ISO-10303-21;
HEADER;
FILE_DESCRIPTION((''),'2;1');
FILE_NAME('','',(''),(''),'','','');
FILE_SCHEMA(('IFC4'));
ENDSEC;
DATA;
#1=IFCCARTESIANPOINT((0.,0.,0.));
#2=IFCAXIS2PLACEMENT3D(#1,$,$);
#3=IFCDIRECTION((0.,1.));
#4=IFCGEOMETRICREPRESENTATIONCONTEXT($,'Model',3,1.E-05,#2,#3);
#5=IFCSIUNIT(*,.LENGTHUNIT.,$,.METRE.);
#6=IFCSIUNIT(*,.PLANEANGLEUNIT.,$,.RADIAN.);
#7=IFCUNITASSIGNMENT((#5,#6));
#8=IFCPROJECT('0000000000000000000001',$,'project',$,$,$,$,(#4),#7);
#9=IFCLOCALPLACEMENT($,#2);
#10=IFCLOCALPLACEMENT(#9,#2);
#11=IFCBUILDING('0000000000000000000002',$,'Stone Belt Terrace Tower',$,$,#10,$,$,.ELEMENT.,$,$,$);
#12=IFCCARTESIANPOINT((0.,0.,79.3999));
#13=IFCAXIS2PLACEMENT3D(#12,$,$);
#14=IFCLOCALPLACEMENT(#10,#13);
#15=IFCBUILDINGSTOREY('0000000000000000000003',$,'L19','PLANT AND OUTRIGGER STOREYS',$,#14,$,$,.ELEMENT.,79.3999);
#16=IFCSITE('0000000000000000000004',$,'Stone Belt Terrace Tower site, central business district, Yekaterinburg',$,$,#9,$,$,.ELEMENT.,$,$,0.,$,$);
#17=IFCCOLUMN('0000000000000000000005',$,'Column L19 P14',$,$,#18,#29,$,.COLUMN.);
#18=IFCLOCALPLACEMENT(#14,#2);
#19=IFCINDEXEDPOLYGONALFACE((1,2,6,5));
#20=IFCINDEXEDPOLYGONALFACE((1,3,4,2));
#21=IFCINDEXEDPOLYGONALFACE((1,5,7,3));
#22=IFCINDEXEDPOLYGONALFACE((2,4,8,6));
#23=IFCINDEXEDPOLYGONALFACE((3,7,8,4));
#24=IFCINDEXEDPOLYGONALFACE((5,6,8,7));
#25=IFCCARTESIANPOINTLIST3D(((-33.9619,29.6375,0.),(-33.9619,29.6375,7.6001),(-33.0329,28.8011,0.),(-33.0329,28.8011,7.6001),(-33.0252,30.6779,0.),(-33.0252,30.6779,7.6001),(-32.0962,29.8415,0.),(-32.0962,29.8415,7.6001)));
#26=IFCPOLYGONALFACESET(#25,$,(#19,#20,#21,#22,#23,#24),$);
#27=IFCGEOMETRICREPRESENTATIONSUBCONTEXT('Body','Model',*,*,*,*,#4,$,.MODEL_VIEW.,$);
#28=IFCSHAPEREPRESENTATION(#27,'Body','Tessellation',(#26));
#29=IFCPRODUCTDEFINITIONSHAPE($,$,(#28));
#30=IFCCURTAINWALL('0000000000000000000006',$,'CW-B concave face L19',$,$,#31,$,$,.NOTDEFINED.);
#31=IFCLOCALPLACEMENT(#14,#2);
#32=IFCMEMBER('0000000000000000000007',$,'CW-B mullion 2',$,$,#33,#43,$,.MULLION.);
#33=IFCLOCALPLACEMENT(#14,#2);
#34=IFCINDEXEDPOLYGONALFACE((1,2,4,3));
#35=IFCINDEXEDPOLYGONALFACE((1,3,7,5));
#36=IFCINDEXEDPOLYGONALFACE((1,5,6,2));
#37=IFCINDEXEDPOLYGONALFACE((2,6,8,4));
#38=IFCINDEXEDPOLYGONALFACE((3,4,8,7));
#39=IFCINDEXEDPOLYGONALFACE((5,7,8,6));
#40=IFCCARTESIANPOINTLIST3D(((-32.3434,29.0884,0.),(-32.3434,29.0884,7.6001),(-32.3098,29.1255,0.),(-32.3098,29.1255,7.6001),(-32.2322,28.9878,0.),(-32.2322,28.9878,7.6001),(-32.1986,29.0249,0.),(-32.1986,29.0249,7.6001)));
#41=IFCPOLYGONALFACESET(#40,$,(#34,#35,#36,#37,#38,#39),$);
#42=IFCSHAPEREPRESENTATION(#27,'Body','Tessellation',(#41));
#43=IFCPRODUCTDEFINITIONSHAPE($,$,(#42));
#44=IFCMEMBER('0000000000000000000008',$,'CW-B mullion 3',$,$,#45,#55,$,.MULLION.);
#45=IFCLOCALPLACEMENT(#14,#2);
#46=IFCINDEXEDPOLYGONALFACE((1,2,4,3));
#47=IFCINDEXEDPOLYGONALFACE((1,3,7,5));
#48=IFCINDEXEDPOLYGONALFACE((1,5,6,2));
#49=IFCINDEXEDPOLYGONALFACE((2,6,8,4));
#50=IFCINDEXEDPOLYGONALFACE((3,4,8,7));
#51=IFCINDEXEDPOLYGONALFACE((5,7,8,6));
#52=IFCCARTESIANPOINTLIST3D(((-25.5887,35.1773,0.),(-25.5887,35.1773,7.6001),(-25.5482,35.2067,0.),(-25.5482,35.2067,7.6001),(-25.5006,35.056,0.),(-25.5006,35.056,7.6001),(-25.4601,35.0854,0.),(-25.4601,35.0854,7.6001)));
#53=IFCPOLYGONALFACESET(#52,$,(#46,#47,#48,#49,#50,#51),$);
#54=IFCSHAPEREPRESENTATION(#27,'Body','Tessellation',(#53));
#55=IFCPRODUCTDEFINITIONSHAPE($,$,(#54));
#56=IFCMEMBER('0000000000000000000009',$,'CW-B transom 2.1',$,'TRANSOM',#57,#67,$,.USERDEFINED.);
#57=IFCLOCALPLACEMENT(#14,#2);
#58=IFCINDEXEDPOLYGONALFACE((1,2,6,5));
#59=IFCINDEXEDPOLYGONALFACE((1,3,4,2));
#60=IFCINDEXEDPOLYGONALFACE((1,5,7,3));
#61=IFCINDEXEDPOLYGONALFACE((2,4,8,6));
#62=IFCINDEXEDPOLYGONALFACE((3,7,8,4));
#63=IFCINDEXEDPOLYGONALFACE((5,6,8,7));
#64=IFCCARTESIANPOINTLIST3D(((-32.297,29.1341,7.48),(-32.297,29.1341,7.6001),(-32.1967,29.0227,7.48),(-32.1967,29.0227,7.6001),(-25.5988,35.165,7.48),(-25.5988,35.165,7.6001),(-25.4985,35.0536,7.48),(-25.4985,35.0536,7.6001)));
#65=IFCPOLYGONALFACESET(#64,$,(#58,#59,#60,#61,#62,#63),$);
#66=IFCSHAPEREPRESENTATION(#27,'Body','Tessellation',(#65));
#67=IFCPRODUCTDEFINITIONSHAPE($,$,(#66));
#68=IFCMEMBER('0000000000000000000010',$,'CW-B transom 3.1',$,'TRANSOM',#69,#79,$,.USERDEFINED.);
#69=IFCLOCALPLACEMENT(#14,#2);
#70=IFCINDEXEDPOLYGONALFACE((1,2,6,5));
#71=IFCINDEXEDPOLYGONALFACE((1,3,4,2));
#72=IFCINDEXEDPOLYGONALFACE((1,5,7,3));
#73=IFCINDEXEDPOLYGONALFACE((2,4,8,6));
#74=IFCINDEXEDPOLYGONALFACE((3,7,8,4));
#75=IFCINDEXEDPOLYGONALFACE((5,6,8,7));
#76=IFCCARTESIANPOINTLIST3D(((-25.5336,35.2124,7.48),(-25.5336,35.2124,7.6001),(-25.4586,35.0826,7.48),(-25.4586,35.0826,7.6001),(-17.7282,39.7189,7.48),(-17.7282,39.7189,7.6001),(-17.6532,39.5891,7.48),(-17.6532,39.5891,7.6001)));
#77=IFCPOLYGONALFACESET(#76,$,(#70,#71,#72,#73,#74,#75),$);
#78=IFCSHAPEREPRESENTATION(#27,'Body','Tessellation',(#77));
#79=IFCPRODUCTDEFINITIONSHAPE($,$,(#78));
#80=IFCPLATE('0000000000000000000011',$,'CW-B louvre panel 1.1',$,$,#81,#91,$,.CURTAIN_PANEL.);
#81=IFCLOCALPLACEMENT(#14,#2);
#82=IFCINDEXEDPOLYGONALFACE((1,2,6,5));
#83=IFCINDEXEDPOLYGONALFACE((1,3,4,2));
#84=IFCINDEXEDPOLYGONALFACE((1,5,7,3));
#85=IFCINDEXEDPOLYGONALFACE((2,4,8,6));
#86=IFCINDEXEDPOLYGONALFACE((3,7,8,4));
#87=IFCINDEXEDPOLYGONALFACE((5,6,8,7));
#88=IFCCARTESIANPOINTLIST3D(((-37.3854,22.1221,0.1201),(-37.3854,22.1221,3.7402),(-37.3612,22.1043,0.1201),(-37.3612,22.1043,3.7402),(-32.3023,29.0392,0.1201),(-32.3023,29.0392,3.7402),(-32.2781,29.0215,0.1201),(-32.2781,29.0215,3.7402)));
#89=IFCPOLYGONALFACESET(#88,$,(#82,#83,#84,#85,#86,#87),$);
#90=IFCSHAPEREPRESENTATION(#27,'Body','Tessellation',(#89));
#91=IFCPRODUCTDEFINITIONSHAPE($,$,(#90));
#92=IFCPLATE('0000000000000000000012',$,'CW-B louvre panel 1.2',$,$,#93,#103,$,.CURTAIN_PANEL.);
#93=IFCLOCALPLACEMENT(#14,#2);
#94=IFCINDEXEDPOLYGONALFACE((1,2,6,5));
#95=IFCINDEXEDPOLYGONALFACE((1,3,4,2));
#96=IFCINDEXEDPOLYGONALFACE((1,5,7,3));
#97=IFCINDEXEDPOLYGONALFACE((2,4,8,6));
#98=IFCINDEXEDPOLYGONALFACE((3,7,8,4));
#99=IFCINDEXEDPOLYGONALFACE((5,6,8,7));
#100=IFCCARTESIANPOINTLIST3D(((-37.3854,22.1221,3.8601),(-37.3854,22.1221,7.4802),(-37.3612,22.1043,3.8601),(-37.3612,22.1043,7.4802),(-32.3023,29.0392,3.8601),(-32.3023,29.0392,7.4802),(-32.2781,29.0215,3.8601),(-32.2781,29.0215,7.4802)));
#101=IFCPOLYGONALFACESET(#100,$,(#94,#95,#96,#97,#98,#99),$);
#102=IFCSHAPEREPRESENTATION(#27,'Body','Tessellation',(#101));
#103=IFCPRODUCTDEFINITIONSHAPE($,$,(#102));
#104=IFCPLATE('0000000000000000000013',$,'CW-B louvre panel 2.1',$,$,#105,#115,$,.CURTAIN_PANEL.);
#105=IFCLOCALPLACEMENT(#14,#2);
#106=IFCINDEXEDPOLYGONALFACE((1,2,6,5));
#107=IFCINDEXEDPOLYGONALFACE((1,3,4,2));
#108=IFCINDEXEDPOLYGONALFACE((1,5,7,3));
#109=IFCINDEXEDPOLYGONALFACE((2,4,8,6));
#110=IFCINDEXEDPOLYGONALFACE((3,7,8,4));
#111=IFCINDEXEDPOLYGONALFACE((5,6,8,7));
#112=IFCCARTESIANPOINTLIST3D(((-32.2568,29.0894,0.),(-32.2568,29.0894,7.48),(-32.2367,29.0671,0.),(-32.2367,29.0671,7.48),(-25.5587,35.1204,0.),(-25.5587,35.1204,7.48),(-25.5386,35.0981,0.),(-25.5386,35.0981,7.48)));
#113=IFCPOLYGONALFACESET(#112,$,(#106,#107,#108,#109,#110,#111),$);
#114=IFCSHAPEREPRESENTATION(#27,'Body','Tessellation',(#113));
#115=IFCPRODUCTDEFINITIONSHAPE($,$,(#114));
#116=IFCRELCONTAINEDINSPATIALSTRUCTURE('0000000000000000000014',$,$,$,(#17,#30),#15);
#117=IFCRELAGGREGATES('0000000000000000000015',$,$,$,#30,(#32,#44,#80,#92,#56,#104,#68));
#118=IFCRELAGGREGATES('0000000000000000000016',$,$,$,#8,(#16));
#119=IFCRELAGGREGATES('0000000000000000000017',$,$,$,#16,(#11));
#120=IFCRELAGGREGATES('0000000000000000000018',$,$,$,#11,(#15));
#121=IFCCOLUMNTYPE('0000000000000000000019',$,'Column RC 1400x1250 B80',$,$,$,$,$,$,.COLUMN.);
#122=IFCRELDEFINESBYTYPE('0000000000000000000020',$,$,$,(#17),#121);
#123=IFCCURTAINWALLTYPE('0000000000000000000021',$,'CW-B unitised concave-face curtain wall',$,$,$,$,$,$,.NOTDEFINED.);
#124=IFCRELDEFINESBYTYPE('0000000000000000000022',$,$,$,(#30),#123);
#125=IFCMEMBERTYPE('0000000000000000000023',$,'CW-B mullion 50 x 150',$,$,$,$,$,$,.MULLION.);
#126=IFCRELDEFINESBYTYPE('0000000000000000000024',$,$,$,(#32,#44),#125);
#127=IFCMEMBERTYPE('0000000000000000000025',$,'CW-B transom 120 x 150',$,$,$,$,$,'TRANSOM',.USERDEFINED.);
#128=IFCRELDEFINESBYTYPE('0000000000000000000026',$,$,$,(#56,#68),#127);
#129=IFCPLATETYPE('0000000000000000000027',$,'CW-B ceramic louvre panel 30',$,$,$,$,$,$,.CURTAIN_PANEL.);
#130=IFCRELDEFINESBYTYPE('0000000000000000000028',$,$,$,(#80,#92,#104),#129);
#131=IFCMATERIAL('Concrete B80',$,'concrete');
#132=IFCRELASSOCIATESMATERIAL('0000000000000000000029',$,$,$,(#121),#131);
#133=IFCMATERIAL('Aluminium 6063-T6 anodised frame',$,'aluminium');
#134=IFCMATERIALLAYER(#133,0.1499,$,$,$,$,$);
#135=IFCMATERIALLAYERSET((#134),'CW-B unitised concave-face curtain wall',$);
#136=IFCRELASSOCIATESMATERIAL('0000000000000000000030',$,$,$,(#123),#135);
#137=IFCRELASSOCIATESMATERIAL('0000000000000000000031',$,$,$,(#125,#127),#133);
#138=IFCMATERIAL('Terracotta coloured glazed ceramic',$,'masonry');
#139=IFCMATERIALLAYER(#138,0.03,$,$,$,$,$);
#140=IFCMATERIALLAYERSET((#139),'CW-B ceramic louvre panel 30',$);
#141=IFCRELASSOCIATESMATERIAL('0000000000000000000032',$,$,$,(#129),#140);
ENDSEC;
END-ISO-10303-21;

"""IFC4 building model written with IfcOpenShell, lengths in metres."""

from ifc_helpers import new_model, si_unit, direction, frame, origin, origin_2d, place, context, subcontext, project, spatial, rectangle, extrude, material, layer, layer_set, material_profile, profile_set, type_object, element, aggregate, save


model = new_model("IFC4")

# Units and contexts
model_context = context("Model", 3, precision=1e-05, world=origin(), true_north=direction((0.0, 1.0)))
body_context = subcontext(model_context, "Body", "Model", "MODEL_VIEW")
ifc_project = project(units=[si_unit("LENGTHUNIT", "METRE"), si_unit("PLANEANGLEUNIT", "RADIAN")], contexts=[model_context])

# Site, building, storey
site_placement = place(None, origin())
site = spatial("IfcSite", under=ifc_project, at=site_placement, Name="Stone Belt Terrace Tower site, central business district, Yekaterinburg", CompositionType="ELEMENT", RefElevation=0.0)
building_placement = place(site_placement, origin())
building = spatial("IfcBuilding", under=site, at=building_placement, Name="Stone Belt Terrace Tower", CompositionType="ELEMENT")
storey_placement = place(building_placement, frame((0.0, 0.0, 79.3999)))
storey = spatial("IfcBuildingStorey", under=building, at=storey_placement, Name="L19", Description="PLANT AND OUTRIGGER STOREYS", CompositionType="ELEMENT", Elevation=79.3999)

# Column
ifc_material_1 = material(Name="Concrete B80", Category="concrete")
ifc_material_profile_1 = material_profile(ifc_material_1, rectangle(XDim=1.3999, YDim=1.25, at=origin_2d()), Name="RC 1400x1250")
ifc_profile_set_1 = profile_set([ifc_material_profile_1], Name="Concrete B80")
column_type = type_object("IfcColumnType", Name="Column RC 1400x1250 B80", PredefinedType="COLUMN", material=ifc_profile_set_1)
column_placement = place(storey_placement, frame((-33.0291, 29.7395, 0.0), z_axis=(0.0, 0.0, 1.0), x_axis=(0.669131, 0.743145, 0.0)))
element("IfcColumn", 1, at=column_placement, inside=storey, type_object=column_type, Name="Column L19 P14", PredefinedType="COLUMN", context=body_context, shape_type="SweptSolid", body=[
    extrude(rectangle(XDim=1.3999, YDim=1.25, at=origin_2d()), origin(), (0.0, 0.0, 1.0), 7.6001),
])

# Curtain wall, members, plates
ifc_material_2 = material(Name="Aluminium 6063-T6 anodised frame", Category="aluminium")
ifc_layer_1 = layer(ifc_material_2, 0.1499)
ifc_layer_set_1 = layer_set([ifc_layer_1], Name="CW-B unitised concave-face curtain wall")
curtain_wall_type = type_object("IfcCurtainWallType", Name="CW-B unitised concave-face curtain wall", PredefinedType="NOTDEFINED", material=ifc_layer_set_1)
curtain_wall_placement = place(storey_placement, origin())
curtain_wall = element("IfcCurtainWall", 2, at=curtain_wall_placement, inside=storey, type_object=curtain_wall_type, Name="CW-B concave face L19", PredefinedType="NOTDEFINED")
ifc_material_profile_2 = material_profile(ifc_material_2, rectangle(XDim=0.1499, YDim=0.05, at=origin_2d()), Name="Aluminium 6063-T6 50x150")
ifc_profile_set_2 = profile_set([ifc_material_profile_2], Name="Aluminium 6063-T6 anodised frame")
member_type_1 = type_object("IfcMemberType", Name="CW-B mullion 50 x 150", PredefinedType="MULLION", material=ifc_profile_set_2)
member_1_placement = place(storey_placement, frame((-32.271, 29.0566, 0.0), z_axis=(0.0, 0.0, 1.0), x_axis=(-0.74133, 0.671141, 0.0)))
member_1 = element("IfcMember", 3, at=member_1_placement, type_object=member_type_1, Name="CW-B mullion 2", PredefinedType="MULLION", context=body_context, shape_type="SweptSolid", body=[
    extrude(rectangle(XDim=0.1499, YDim=0.05, at=origin_2d()), origin(), (0.0, 0.0, 1.0), 7.6001),
])
member_2_placement = place(storey_placement, frame((-25.5244, 35.1313, 0.0), z_axis=(0.0, 0.0, 1.0), x_axis=(-0.587785, 0.809017, 0.0)))
member_2 = element("IfcMember", 4, at=member_2_placement, type_object=member_type_1, Name="CW-B mullion 3", PredefinedType="MULLION", context=body_context, shape_type="SweptSolid", body=[
    extrude(rectangle(XDim=0.1499, YDim=0.05, at=origin_2d()), origin(), (0.0, 0.0, 1.0), 7.6001),
])
ifc_material_profile_3 = material_profile(ifc_material_2, rectangle(XDim=0.1499, YDim=0.1201, at=origin_2d()), Name="Aluminium 6063-T6 150x120")
ifc_profile_set_3 = profile_set([ifc_material_profile_3], Name="Aluminium 6063-T6 anodised frame")
member_type_2 = type_object("IfcMemberType", Name="CW-B transom 120 x 150", ElementType="TRANSOM", PredefinedType="USERDEFINED", material=ifc_profile_set_3)
member_3_placement = place(storey_placement, frame((-32.2468, 29.0784, 7.54), z_axis=(0.743151, 0.669123, 0.0), x_axis=(-0.669123, 0.743151, 0.0)))
member_3 = element("IfcMember", 5, at=member_3_placement, type_object=member_type_2, Name="CW-B transom 2.1", ObjectType="TRANSOM", PredefinedType="USERDEFINED", context=body_context, shape_type="SweptSolid", body=[
    extrude(rectangle(XDim=0.1499, YDim=0.1201, at=origin_2d()), origin(), (0.0, 0.0, 1.0), 9.0132),
])
member_4_placement = place(storey_placement, frame((-25.4961, 35.1475, 7.54), z_axis=(0.866019, 0.500011, 0.0), x_axis=(-0.500011, 0.866019, 0.0)))
member_4 = element("IfcMember", 6, at=member_4_placement, type_object=member_type_2, Name="CW-B transom 3.1", ObjectType="TRANSOM", PredefinedType="USERDEFINED", context=body_context, shape_type="SweptSolid", body=[
    extrude(rectangle(XDim=0.1499, YDim=0.1201, at=origin_2d()), origin(), (0.0, 0.0, 1.0), 9.0129),
])
ifc_material_3 = material(Name="Terracotta coloured glazed ceramic", Category="masonry")
ifc_layer_2 = layer(ifc_material_3, 0.03)
ifc_layer_set_2 = layer_set([ifc_layer_2], Name="CW-B ceramic louvre panel 30")
plate_type = type_object("IfcPlateType", Name="CW-B ceramic louvre panel 30", PredefinedType="CURTAIN_PANEL", material=ifc_layer_set_2)
plate_1_placement = place(storey_placement, frame((-34.8318, 25.5718, 0.1201), z_axis=(0.0, 0.0, 1.0), x_axis=(0.592159, 0.805821, 0.0)))
plate_1 = element("IfcPlate", 7, at=plate_1_placement, type_object=plate_type, Name="CW-B louvre panel 1.1", PredefinedType="CURTAIN_PANEL", context=body_context, shape_type="SweptSolid", body=[
    extrude(rectangle(XDim=8.584, YDim=0.03, at=origin_2d()), origin(), (0.0, 0.0, 1.0), 3.6201),
])
plate_2_placement = place(storey_placement, frame((-34.8318, 25.5718, 3.8601), z_axis=(0.0, 0.0, 1.0), x_axis=(0.592159, 0.805821, 0.0)))
plate_2 = element("IfcPlate", 8, at=plate_2_placement, type_object=plate_type, Name="CW-B louvre panel 1.2", PredefinedType="CURTAIN_PANEL", context=body_context, shape_type="SweptSolid", body=[
    extrude(rectangle(XDim=8.584, YDim=0.03, at=origin_2d()), origin(), (0.0, 0.0, 1.0), 3.6201),
])
plate_3_placement = place(storey_placement, frame((-28.8977, 32.0938, 0.0), z_axis=(0.0, 0.0, 1.0), x_axis=(0.743145, 0.669131, 0.0)))
plate_3 = element("IfcPlate", 9, at=plate_3_placement, type_object=plate_type, Name="CW-B louvre panel 2.1", PredefinedType="CURTAIN_PANEL", context=body_context, shape_type="SweptSolid", body=[
    extrude(rectangle(XDim=9.0132, YDim=0.03, at=origin_2d()), origin(), (0.0, 0.0, 1.0), 7.48),
])
aggregate(curtain_wall, [member_1, member_2, plate_1, plate_2, member_3, plate_3, member_4])

save(model, "model.ifc")
